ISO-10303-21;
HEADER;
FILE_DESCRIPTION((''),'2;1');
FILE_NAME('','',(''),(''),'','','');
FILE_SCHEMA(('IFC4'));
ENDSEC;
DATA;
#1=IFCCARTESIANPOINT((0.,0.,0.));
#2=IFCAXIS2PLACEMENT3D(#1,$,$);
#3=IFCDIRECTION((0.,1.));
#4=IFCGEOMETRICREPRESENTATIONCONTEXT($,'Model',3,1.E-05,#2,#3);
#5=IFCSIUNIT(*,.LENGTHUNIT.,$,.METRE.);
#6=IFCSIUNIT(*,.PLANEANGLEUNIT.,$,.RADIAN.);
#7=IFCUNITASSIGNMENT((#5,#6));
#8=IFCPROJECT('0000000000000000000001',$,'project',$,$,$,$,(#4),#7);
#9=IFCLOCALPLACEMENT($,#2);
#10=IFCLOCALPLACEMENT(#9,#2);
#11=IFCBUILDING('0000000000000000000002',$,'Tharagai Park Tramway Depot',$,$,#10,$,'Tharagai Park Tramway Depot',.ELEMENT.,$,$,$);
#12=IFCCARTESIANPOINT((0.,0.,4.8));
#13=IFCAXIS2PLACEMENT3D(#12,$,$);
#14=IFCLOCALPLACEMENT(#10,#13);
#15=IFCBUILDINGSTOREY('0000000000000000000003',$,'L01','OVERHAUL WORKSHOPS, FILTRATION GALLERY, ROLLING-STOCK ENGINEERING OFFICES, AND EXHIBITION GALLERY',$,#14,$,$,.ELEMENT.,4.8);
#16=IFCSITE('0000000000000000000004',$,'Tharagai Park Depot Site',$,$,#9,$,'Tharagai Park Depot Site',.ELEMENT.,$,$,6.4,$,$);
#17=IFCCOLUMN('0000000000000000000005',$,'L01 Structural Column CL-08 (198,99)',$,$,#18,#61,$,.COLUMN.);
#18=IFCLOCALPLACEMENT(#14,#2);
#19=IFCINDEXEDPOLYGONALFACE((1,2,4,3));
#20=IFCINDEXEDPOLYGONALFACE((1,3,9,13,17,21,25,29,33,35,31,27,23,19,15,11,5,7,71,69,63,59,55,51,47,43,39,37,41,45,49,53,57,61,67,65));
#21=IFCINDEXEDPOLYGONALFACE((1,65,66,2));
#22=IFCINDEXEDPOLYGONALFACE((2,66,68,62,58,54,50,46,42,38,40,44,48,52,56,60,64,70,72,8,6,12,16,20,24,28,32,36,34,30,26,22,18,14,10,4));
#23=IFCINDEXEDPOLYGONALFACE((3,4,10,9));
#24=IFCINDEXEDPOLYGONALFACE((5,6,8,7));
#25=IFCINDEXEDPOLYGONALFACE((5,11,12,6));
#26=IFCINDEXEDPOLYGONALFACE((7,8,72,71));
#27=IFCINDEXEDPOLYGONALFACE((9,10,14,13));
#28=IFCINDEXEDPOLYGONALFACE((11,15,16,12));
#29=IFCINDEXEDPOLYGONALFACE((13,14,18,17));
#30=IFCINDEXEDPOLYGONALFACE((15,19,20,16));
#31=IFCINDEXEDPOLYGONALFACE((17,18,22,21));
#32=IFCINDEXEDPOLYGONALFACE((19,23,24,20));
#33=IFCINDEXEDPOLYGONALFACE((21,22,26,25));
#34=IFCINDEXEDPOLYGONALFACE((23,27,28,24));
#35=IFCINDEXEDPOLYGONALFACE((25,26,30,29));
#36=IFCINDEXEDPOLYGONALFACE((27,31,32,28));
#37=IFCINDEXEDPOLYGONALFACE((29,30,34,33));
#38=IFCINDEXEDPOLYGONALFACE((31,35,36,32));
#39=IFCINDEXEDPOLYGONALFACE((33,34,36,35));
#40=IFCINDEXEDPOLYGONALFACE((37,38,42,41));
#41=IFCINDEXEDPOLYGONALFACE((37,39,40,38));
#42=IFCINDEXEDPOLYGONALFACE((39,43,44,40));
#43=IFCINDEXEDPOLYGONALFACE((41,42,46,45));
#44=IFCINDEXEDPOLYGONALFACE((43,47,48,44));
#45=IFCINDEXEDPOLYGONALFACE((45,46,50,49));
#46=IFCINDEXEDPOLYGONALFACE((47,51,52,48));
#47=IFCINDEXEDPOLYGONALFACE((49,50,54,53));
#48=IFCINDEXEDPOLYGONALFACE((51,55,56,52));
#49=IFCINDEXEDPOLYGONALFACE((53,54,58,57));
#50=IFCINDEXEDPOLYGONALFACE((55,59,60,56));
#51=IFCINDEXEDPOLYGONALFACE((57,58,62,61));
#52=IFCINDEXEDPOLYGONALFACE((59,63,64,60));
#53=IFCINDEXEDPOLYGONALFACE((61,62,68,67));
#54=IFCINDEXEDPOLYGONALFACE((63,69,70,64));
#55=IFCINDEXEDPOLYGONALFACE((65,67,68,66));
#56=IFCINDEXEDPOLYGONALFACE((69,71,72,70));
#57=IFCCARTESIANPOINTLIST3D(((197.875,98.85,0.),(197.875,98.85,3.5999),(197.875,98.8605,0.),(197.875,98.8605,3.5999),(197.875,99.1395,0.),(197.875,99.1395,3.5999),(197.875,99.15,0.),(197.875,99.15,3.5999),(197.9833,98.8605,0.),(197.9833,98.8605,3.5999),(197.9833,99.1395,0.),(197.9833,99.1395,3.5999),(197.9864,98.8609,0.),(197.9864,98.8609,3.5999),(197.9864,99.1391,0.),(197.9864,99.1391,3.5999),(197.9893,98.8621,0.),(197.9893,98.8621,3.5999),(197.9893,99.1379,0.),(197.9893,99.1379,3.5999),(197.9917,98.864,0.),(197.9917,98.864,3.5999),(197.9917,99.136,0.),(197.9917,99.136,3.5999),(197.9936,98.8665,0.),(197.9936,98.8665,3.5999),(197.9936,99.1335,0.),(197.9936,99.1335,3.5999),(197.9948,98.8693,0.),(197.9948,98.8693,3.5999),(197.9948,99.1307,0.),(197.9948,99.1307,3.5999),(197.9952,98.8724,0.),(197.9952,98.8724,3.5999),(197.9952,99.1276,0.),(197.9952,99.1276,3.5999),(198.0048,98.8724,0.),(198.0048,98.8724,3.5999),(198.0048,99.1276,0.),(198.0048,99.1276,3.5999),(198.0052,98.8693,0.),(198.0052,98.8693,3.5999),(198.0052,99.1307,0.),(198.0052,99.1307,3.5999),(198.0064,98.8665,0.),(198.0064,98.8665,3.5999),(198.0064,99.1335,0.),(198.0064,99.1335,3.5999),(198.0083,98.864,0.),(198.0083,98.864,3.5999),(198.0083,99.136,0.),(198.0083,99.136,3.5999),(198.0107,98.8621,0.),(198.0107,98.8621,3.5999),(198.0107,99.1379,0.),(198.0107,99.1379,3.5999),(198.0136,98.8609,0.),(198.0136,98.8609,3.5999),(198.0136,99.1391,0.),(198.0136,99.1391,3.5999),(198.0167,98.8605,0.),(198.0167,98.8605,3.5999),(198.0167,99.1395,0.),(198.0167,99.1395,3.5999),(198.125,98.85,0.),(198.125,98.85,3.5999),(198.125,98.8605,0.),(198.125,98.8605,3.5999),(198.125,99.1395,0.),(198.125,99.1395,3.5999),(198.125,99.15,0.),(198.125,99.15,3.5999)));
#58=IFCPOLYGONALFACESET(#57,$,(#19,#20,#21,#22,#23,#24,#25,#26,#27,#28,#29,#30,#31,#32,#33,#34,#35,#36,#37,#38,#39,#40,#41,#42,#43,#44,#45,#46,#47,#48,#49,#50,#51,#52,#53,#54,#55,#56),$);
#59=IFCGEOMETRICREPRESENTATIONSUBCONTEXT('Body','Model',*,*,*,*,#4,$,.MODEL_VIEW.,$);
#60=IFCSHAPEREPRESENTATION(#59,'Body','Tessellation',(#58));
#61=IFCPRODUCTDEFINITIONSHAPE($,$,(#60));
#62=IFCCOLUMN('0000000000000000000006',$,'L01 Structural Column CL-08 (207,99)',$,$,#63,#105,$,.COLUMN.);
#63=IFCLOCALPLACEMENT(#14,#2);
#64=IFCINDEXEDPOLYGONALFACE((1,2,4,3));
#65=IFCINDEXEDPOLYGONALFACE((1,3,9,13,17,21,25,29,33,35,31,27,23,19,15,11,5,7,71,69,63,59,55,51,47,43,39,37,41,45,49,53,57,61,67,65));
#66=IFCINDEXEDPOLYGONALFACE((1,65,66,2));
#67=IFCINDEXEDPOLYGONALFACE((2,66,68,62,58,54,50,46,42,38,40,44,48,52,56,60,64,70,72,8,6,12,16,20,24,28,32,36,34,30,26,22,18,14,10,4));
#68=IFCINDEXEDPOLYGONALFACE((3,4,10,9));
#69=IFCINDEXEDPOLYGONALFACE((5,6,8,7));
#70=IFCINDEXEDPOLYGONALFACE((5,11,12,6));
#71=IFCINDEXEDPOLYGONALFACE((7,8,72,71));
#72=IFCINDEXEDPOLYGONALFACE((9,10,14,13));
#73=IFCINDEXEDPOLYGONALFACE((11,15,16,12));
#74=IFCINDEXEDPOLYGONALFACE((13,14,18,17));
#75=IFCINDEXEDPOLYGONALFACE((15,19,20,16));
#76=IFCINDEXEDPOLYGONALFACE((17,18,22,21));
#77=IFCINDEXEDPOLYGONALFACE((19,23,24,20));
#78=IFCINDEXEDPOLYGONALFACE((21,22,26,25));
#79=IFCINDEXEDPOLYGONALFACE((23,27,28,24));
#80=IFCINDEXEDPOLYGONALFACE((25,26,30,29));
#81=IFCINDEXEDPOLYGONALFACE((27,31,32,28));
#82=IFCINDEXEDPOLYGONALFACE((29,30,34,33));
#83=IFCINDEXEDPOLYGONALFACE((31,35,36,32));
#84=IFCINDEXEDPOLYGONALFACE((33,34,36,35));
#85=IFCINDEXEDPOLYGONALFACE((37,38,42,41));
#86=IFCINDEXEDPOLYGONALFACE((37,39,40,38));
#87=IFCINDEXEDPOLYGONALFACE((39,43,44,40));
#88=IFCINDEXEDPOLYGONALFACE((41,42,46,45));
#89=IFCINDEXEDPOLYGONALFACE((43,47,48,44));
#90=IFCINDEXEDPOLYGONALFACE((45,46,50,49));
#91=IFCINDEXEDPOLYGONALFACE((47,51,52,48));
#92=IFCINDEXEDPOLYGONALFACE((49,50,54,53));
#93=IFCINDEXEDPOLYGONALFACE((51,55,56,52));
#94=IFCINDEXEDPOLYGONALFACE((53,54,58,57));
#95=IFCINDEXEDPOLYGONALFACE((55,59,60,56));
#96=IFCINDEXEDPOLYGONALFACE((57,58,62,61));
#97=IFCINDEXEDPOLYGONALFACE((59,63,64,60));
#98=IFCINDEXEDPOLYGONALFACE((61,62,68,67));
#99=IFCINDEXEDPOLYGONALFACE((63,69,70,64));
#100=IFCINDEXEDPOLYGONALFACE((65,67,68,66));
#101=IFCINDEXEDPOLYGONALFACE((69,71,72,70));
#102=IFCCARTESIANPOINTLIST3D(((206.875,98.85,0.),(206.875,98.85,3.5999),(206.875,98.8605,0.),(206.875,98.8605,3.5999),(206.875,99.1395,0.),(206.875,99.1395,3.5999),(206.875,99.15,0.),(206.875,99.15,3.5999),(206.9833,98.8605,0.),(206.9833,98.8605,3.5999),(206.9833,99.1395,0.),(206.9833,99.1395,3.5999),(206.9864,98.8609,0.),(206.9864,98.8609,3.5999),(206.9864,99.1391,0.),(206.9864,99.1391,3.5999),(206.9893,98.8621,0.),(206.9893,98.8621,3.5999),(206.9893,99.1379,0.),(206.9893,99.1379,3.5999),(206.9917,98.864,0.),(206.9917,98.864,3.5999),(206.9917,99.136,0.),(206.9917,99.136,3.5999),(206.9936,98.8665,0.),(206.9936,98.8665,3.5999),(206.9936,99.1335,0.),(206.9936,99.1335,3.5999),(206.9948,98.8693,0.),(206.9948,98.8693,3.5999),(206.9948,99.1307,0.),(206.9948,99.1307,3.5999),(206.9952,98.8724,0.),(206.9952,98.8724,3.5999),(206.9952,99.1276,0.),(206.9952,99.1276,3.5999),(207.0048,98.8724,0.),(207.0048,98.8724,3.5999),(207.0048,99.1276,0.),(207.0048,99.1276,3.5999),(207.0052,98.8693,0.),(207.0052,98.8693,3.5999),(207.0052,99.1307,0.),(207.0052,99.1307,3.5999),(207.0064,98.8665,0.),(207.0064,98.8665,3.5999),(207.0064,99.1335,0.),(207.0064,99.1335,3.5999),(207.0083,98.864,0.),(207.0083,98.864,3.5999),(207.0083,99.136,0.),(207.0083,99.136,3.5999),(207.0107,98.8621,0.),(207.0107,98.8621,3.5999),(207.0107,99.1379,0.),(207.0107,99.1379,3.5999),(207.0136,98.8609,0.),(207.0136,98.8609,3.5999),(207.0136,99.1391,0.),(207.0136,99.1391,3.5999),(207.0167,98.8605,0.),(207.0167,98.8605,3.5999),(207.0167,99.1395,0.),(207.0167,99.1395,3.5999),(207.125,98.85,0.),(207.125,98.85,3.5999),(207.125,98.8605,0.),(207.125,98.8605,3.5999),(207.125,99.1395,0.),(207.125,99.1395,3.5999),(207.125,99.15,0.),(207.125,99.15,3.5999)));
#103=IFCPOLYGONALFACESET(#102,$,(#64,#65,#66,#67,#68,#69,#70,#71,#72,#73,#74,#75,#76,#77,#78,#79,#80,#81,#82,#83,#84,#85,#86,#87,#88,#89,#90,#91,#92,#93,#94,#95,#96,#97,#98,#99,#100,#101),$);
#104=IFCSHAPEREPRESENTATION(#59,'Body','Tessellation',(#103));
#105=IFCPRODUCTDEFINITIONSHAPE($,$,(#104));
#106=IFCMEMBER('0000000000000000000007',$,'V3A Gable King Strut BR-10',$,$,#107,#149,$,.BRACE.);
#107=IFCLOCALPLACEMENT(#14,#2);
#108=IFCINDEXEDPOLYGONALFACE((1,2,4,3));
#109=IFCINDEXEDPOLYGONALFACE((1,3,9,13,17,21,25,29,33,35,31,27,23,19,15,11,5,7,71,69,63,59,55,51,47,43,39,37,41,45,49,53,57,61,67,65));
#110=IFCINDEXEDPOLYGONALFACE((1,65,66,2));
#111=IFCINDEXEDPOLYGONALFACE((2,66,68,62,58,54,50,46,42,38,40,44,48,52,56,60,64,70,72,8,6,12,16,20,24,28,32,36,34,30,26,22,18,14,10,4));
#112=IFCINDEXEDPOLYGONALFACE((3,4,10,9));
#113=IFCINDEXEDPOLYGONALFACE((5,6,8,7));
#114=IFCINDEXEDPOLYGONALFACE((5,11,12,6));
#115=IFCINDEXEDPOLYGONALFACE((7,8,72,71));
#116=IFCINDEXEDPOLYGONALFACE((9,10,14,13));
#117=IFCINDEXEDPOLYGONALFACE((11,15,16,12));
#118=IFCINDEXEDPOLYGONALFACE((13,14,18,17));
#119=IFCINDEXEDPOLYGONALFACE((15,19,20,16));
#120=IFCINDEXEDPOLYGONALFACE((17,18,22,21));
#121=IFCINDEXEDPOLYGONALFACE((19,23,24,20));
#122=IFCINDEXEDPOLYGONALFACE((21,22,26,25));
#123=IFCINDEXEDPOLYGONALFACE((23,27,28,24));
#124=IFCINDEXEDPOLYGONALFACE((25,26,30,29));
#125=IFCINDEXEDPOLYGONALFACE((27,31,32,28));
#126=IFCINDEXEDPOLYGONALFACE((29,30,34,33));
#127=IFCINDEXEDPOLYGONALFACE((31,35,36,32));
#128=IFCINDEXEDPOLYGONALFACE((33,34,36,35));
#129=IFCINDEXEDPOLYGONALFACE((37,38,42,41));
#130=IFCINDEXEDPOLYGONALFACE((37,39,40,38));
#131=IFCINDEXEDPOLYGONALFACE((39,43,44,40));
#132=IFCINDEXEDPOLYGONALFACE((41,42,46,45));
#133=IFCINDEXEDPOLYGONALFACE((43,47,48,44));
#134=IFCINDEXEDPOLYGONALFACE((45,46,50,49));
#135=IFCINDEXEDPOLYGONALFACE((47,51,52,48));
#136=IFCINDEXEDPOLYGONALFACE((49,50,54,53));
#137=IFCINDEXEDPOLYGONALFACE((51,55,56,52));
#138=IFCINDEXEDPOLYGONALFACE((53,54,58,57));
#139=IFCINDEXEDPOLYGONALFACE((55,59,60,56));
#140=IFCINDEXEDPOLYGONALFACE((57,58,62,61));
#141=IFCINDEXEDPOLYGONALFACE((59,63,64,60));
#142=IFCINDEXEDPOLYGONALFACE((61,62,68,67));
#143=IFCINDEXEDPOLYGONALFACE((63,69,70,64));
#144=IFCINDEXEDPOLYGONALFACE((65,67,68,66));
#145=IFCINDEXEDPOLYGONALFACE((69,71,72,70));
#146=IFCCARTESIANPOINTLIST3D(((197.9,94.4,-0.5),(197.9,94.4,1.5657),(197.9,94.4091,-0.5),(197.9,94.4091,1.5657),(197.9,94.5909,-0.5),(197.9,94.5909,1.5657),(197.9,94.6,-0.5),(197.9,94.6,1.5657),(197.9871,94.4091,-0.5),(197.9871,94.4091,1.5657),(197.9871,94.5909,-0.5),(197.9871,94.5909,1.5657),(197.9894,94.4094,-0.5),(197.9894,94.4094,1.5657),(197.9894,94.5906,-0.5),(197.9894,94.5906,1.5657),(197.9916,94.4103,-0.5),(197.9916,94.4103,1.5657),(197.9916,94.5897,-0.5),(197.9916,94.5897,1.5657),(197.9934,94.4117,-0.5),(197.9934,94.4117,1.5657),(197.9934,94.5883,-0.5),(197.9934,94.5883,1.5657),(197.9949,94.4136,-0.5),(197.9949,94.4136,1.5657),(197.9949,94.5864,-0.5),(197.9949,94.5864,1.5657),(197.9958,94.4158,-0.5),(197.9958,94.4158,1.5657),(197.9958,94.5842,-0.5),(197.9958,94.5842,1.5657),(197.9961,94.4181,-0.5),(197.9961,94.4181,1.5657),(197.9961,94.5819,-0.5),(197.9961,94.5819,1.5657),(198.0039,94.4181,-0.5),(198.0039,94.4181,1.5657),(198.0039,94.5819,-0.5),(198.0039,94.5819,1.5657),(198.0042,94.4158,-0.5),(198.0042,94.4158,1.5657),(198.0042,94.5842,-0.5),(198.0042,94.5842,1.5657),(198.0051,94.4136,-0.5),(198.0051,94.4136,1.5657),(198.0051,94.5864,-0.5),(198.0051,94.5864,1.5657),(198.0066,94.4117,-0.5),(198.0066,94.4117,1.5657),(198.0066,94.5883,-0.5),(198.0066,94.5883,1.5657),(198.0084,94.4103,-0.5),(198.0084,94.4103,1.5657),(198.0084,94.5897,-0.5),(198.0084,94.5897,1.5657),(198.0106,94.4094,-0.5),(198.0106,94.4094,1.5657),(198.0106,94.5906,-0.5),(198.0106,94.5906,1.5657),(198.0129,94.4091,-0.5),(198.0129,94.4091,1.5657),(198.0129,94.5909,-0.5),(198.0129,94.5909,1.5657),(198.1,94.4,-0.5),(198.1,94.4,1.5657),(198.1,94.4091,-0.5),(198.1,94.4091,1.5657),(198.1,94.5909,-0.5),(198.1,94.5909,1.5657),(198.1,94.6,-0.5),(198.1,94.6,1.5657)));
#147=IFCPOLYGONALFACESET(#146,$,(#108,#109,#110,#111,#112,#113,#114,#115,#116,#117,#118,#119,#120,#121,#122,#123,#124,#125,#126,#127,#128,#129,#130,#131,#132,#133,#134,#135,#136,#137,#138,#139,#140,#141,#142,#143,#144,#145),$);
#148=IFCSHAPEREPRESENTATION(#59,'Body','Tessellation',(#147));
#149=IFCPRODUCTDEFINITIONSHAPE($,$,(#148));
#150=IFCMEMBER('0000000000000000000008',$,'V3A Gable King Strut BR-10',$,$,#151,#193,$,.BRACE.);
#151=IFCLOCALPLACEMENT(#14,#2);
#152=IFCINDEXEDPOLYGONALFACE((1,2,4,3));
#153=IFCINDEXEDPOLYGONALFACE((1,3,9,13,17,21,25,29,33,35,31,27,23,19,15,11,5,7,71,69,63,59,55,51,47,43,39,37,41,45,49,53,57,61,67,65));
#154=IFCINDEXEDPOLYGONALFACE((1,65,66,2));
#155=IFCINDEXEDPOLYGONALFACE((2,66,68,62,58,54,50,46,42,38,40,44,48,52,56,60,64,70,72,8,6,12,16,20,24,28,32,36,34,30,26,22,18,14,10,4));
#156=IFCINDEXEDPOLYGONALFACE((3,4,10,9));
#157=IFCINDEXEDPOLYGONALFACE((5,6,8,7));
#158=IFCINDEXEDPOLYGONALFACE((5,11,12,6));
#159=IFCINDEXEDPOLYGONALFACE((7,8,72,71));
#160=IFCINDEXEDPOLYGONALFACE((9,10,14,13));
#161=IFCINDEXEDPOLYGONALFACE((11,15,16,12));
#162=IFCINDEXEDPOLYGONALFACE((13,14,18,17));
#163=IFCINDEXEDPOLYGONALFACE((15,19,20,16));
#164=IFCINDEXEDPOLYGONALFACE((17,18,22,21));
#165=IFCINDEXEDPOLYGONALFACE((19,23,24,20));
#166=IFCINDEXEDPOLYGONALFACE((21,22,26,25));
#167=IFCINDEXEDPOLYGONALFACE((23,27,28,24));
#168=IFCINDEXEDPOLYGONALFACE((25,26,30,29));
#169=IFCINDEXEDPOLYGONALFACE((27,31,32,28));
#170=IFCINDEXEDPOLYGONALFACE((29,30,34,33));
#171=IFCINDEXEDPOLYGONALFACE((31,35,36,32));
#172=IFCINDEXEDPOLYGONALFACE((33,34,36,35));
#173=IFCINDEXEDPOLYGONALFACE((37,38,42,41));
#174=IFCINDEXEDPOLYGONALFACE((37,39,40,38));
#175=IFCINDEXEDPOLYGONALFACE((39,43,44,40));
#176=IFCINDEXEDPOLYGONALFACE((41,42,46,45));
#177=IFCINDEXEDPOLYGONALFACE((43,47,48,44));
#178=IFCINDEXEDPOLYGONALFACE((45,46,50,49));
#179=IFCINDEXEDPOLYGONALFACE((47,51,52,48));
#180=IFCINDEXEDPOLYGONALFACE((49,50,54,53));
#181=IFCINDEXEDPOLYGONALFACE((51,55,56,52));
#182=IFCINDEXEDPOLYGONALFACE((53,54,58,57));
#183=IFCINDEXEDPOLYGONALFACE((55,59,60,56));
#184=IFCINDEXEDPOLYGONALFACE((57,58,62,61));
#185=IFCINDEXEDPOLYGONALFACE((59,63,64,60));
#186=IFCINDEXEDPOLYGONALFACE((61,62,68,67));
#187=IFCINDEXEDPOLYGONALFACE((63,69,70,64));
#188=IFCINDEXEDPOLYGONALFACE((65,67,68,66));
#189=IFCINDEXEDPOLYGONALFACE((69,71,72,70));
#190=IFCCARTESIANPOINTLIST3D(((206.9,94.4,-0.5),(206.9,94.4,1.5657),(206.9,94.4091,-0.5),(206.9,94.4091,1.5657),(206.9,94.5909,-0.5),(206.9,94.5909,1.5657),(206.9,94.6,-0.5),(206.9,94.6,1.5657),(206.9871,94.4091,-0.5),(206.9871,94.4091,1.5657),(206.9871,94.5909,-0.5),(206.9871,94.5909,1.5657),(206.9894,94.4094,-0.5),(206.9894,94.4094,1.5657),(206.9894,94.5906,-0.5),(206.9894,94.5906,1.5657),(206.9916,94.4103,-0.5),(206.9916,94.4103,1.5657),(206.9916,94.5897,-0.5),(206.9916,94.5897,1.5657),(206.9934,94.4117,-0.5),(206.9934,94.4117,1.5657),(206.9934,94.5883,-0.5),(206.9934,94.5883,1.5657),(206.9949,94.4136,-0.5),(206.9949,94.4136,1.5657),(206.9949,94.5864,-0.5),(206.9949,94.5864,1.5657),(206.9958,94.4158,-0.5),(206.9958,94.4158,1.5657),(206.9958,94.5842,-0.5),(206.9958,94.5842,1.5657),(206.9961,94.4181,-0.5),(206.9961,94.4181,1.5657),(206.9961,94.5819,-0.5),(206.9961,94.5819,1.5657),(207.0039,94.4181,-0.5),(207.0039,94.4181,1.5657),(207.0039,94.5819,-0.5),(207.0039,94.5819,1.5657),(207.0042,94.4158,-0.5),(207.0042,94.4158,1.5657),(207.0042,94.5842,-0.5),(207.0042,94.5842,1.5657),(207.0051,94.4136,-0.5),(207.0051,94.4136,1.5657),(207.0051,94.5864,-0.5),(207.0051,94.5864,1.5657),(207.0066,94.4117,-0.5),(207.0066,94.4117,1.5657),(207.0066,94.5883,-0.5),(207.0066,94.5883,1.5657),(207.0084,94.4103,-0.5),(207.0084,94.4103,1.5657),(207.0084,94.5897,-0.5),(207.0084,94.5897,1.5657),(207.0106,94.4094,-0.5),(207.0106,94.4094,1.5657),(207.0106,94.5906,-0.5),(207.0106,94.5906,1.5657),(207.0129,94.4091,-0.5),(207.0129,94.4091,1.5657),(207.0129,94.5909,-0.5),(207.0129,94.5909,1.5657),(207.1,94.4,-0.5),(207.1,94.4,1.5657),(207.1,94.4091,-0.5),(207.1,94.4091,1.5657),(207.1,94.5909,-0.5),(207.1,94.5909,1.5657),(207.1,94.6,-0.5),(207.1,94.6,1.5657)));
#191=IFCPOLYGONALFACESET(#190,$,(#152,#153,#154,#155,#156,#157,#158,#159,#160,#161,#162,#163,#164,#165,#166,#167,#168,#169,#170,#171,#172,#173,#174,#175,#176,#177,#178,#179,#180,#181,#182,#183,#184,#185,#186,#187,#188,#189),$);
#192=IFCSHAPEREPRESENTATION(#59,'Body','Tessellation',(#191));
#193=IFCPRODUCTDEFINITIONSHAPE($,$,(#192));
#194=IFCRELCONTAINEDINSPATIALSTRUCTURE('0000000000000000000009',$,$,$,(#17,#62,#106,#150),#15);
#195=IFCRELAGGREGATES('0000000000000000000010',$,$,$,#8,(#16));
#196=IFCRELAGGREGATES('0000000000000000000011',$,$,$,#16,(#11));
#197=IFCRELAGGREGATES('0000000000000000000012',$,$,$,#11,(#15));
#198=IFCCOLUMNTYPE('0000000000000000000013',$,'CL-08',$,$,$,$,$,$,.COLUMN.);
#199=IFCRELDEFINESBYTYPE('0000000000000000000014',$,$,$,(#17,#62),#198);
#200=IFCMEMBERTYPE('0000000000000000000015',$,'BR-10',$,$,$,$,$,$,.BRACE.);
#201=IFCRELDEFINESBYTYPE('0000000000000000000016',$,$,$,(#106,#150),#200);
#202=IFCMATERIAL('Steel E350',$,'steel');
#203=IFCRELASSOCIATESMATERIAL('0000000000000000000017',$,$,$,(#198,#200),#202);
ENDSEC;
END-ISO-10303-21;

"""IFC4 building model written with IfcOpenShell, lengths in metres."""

from ifc_helpers import new_model, si_unit, direction, frame, origin, origin_2d, place, context, subcontext, project, spatial, i_section, extrude, material, material_profile, profile_set, type_object, element, save


model = new_model("IFC4")

# Units and contexts
model_context = context("Model", 3, precision=1e-05, world=origin(), true_north=direction((0.0, 1.0)))
body_context = subcontext(model_context, "Body", "Model", "MODEL_VIEW")
ifc_project = project(units=[si_unit("LENGTHUNIT", "METRE"), si_unit("PLANEANGLEUNIT", "RADIAN")], contexts=[model_context])

# Site, building, storey
site_placement = place(None, origin())
site = spatial("IfcSite", under=ifc_project, at=site_placement, Name="Tharagai Park Depot Site", LongName="Tharagai Park Depot Site", CompositionType="ELEMENT", RefElevation=6.4)
building_placement = place(site_placement, origin())
building = spatial("IfcBuilding", under=site, at=building_placement, Name="Tharagai Park Tramway Depot", LongName="Tharagai Park Tramway Depot", CompositionType="ELEMENT")
storey_placement = place(building_placement, frame((0.0, 0.0, 4.8)))
storey = spatial("IfcBuildingStorey", under=building, at=storey_placement, Name="L01", Description="OVERHAUL WORKSHOPS, FILTRATION GALLERY, ROLLING-STOCK ENGINEERING OFFICES, AND EXHIBITION GALLERY", CompositionType="ELEMENT", Elevation=4.8)

# Columns
ifc_material_1 = material(Name="Steel E350", Category="steel")
ifc_material_profile_1 = material_profile(ifc_material_1, i_section(OverallWidth=0.25, OverallDepth=0.3, WebThickness=0.0095, FlangeThickness=0.0105, FilletRadius=0.012, at=origin_2d()), Name="ISHB 300")
ifc_profile_set_1 = profile_set([ifc_material_profile_1], Name="Steel E350")
column_type = type_object("IfcColumnType", Name="CL-08", PredefinedType="COLUMN", material=ifc_profile_set_1)
for number, where, z_axis, x_axis, name in (
    (1, (198.0, 99.0, 0.0), (0.0, 0.0, 1.0), (1.0, 0.0, 0.0), "L01 Structural Column CL-08 (198,99)"),
    (2, (207.0, 99.0, 0.0), (0.0, 0.0, 1.0), (1.0, 0.0, 0.0), "L01 Structural Column CL-08 (207,99)"),
):
    element("IfcColumn", number, at=place(storey_placement, frame(where, z_axis=z_axis, x_axis=x_axis)), inside=storey, type_object=column_type, Name=name, PredefinedType="COLUMN", context=body_context, shape_type="SweptSolid", body=[
        extrude(i_section(OverallWidth=0.25, OverallDepth=0.3, WebThickness=0.0095, FlangeThickness=0.0105, FilletRadius=0.012, at=origin_2d()), origin(), (0.0, 0.0, 1.0), 3.5999),
    ])

# Members
ifc_material_profile_2 = material_profile(ifc_material_1, i_section(OverallWidth=0.2, OverallDepth=0.2, WebThickness=0.0078, FlangeThickness=0.009, FilletRadius=0.009, at=origin_2d()), Name="ISHB 200")
ifc_profile_set_2 = profile_set([ifc_material_profile_2], Name="Steel E350")
member_type_1 = type_object("IfcMemberType", Name="BR-10", PredefinedType="BRACE", material=ifc_profile_set_2)
for number, where, z_axis, x_axis, name in (
    (3, (198.0, 94.5, -0.5), (0.0, 0.0, 1.0), (1.0, 0.0, 0.0), "V3A Gable King Strut BR-10"),
    (4, (207.0, 94.5, -0.5), (0.0, 0.0, 1.0), (1.0, 0.0, 0.0), "V3A Gable King Strut BR-10"),
):
    element("IfcMember", number, at=place(storey_placement, frame(where, z_axis=z_axis, x_axis=x_axis)), inside=storey, type_object=member_type_1, Name=name, PredefinedType="BRACE", context=body_context, shape_type="SweptSolid", body=[
        extrude(i_section(OverallWidth=0.2, OverallDepth=0.2, WebThickness=0.0078, FlangeThickness=0.009, FilletRadius=0.009, at=origin_2d()), origin(), (0.0, 0.0, 1.0), 2.0657),
    ])

save(model, "model.ifc")
